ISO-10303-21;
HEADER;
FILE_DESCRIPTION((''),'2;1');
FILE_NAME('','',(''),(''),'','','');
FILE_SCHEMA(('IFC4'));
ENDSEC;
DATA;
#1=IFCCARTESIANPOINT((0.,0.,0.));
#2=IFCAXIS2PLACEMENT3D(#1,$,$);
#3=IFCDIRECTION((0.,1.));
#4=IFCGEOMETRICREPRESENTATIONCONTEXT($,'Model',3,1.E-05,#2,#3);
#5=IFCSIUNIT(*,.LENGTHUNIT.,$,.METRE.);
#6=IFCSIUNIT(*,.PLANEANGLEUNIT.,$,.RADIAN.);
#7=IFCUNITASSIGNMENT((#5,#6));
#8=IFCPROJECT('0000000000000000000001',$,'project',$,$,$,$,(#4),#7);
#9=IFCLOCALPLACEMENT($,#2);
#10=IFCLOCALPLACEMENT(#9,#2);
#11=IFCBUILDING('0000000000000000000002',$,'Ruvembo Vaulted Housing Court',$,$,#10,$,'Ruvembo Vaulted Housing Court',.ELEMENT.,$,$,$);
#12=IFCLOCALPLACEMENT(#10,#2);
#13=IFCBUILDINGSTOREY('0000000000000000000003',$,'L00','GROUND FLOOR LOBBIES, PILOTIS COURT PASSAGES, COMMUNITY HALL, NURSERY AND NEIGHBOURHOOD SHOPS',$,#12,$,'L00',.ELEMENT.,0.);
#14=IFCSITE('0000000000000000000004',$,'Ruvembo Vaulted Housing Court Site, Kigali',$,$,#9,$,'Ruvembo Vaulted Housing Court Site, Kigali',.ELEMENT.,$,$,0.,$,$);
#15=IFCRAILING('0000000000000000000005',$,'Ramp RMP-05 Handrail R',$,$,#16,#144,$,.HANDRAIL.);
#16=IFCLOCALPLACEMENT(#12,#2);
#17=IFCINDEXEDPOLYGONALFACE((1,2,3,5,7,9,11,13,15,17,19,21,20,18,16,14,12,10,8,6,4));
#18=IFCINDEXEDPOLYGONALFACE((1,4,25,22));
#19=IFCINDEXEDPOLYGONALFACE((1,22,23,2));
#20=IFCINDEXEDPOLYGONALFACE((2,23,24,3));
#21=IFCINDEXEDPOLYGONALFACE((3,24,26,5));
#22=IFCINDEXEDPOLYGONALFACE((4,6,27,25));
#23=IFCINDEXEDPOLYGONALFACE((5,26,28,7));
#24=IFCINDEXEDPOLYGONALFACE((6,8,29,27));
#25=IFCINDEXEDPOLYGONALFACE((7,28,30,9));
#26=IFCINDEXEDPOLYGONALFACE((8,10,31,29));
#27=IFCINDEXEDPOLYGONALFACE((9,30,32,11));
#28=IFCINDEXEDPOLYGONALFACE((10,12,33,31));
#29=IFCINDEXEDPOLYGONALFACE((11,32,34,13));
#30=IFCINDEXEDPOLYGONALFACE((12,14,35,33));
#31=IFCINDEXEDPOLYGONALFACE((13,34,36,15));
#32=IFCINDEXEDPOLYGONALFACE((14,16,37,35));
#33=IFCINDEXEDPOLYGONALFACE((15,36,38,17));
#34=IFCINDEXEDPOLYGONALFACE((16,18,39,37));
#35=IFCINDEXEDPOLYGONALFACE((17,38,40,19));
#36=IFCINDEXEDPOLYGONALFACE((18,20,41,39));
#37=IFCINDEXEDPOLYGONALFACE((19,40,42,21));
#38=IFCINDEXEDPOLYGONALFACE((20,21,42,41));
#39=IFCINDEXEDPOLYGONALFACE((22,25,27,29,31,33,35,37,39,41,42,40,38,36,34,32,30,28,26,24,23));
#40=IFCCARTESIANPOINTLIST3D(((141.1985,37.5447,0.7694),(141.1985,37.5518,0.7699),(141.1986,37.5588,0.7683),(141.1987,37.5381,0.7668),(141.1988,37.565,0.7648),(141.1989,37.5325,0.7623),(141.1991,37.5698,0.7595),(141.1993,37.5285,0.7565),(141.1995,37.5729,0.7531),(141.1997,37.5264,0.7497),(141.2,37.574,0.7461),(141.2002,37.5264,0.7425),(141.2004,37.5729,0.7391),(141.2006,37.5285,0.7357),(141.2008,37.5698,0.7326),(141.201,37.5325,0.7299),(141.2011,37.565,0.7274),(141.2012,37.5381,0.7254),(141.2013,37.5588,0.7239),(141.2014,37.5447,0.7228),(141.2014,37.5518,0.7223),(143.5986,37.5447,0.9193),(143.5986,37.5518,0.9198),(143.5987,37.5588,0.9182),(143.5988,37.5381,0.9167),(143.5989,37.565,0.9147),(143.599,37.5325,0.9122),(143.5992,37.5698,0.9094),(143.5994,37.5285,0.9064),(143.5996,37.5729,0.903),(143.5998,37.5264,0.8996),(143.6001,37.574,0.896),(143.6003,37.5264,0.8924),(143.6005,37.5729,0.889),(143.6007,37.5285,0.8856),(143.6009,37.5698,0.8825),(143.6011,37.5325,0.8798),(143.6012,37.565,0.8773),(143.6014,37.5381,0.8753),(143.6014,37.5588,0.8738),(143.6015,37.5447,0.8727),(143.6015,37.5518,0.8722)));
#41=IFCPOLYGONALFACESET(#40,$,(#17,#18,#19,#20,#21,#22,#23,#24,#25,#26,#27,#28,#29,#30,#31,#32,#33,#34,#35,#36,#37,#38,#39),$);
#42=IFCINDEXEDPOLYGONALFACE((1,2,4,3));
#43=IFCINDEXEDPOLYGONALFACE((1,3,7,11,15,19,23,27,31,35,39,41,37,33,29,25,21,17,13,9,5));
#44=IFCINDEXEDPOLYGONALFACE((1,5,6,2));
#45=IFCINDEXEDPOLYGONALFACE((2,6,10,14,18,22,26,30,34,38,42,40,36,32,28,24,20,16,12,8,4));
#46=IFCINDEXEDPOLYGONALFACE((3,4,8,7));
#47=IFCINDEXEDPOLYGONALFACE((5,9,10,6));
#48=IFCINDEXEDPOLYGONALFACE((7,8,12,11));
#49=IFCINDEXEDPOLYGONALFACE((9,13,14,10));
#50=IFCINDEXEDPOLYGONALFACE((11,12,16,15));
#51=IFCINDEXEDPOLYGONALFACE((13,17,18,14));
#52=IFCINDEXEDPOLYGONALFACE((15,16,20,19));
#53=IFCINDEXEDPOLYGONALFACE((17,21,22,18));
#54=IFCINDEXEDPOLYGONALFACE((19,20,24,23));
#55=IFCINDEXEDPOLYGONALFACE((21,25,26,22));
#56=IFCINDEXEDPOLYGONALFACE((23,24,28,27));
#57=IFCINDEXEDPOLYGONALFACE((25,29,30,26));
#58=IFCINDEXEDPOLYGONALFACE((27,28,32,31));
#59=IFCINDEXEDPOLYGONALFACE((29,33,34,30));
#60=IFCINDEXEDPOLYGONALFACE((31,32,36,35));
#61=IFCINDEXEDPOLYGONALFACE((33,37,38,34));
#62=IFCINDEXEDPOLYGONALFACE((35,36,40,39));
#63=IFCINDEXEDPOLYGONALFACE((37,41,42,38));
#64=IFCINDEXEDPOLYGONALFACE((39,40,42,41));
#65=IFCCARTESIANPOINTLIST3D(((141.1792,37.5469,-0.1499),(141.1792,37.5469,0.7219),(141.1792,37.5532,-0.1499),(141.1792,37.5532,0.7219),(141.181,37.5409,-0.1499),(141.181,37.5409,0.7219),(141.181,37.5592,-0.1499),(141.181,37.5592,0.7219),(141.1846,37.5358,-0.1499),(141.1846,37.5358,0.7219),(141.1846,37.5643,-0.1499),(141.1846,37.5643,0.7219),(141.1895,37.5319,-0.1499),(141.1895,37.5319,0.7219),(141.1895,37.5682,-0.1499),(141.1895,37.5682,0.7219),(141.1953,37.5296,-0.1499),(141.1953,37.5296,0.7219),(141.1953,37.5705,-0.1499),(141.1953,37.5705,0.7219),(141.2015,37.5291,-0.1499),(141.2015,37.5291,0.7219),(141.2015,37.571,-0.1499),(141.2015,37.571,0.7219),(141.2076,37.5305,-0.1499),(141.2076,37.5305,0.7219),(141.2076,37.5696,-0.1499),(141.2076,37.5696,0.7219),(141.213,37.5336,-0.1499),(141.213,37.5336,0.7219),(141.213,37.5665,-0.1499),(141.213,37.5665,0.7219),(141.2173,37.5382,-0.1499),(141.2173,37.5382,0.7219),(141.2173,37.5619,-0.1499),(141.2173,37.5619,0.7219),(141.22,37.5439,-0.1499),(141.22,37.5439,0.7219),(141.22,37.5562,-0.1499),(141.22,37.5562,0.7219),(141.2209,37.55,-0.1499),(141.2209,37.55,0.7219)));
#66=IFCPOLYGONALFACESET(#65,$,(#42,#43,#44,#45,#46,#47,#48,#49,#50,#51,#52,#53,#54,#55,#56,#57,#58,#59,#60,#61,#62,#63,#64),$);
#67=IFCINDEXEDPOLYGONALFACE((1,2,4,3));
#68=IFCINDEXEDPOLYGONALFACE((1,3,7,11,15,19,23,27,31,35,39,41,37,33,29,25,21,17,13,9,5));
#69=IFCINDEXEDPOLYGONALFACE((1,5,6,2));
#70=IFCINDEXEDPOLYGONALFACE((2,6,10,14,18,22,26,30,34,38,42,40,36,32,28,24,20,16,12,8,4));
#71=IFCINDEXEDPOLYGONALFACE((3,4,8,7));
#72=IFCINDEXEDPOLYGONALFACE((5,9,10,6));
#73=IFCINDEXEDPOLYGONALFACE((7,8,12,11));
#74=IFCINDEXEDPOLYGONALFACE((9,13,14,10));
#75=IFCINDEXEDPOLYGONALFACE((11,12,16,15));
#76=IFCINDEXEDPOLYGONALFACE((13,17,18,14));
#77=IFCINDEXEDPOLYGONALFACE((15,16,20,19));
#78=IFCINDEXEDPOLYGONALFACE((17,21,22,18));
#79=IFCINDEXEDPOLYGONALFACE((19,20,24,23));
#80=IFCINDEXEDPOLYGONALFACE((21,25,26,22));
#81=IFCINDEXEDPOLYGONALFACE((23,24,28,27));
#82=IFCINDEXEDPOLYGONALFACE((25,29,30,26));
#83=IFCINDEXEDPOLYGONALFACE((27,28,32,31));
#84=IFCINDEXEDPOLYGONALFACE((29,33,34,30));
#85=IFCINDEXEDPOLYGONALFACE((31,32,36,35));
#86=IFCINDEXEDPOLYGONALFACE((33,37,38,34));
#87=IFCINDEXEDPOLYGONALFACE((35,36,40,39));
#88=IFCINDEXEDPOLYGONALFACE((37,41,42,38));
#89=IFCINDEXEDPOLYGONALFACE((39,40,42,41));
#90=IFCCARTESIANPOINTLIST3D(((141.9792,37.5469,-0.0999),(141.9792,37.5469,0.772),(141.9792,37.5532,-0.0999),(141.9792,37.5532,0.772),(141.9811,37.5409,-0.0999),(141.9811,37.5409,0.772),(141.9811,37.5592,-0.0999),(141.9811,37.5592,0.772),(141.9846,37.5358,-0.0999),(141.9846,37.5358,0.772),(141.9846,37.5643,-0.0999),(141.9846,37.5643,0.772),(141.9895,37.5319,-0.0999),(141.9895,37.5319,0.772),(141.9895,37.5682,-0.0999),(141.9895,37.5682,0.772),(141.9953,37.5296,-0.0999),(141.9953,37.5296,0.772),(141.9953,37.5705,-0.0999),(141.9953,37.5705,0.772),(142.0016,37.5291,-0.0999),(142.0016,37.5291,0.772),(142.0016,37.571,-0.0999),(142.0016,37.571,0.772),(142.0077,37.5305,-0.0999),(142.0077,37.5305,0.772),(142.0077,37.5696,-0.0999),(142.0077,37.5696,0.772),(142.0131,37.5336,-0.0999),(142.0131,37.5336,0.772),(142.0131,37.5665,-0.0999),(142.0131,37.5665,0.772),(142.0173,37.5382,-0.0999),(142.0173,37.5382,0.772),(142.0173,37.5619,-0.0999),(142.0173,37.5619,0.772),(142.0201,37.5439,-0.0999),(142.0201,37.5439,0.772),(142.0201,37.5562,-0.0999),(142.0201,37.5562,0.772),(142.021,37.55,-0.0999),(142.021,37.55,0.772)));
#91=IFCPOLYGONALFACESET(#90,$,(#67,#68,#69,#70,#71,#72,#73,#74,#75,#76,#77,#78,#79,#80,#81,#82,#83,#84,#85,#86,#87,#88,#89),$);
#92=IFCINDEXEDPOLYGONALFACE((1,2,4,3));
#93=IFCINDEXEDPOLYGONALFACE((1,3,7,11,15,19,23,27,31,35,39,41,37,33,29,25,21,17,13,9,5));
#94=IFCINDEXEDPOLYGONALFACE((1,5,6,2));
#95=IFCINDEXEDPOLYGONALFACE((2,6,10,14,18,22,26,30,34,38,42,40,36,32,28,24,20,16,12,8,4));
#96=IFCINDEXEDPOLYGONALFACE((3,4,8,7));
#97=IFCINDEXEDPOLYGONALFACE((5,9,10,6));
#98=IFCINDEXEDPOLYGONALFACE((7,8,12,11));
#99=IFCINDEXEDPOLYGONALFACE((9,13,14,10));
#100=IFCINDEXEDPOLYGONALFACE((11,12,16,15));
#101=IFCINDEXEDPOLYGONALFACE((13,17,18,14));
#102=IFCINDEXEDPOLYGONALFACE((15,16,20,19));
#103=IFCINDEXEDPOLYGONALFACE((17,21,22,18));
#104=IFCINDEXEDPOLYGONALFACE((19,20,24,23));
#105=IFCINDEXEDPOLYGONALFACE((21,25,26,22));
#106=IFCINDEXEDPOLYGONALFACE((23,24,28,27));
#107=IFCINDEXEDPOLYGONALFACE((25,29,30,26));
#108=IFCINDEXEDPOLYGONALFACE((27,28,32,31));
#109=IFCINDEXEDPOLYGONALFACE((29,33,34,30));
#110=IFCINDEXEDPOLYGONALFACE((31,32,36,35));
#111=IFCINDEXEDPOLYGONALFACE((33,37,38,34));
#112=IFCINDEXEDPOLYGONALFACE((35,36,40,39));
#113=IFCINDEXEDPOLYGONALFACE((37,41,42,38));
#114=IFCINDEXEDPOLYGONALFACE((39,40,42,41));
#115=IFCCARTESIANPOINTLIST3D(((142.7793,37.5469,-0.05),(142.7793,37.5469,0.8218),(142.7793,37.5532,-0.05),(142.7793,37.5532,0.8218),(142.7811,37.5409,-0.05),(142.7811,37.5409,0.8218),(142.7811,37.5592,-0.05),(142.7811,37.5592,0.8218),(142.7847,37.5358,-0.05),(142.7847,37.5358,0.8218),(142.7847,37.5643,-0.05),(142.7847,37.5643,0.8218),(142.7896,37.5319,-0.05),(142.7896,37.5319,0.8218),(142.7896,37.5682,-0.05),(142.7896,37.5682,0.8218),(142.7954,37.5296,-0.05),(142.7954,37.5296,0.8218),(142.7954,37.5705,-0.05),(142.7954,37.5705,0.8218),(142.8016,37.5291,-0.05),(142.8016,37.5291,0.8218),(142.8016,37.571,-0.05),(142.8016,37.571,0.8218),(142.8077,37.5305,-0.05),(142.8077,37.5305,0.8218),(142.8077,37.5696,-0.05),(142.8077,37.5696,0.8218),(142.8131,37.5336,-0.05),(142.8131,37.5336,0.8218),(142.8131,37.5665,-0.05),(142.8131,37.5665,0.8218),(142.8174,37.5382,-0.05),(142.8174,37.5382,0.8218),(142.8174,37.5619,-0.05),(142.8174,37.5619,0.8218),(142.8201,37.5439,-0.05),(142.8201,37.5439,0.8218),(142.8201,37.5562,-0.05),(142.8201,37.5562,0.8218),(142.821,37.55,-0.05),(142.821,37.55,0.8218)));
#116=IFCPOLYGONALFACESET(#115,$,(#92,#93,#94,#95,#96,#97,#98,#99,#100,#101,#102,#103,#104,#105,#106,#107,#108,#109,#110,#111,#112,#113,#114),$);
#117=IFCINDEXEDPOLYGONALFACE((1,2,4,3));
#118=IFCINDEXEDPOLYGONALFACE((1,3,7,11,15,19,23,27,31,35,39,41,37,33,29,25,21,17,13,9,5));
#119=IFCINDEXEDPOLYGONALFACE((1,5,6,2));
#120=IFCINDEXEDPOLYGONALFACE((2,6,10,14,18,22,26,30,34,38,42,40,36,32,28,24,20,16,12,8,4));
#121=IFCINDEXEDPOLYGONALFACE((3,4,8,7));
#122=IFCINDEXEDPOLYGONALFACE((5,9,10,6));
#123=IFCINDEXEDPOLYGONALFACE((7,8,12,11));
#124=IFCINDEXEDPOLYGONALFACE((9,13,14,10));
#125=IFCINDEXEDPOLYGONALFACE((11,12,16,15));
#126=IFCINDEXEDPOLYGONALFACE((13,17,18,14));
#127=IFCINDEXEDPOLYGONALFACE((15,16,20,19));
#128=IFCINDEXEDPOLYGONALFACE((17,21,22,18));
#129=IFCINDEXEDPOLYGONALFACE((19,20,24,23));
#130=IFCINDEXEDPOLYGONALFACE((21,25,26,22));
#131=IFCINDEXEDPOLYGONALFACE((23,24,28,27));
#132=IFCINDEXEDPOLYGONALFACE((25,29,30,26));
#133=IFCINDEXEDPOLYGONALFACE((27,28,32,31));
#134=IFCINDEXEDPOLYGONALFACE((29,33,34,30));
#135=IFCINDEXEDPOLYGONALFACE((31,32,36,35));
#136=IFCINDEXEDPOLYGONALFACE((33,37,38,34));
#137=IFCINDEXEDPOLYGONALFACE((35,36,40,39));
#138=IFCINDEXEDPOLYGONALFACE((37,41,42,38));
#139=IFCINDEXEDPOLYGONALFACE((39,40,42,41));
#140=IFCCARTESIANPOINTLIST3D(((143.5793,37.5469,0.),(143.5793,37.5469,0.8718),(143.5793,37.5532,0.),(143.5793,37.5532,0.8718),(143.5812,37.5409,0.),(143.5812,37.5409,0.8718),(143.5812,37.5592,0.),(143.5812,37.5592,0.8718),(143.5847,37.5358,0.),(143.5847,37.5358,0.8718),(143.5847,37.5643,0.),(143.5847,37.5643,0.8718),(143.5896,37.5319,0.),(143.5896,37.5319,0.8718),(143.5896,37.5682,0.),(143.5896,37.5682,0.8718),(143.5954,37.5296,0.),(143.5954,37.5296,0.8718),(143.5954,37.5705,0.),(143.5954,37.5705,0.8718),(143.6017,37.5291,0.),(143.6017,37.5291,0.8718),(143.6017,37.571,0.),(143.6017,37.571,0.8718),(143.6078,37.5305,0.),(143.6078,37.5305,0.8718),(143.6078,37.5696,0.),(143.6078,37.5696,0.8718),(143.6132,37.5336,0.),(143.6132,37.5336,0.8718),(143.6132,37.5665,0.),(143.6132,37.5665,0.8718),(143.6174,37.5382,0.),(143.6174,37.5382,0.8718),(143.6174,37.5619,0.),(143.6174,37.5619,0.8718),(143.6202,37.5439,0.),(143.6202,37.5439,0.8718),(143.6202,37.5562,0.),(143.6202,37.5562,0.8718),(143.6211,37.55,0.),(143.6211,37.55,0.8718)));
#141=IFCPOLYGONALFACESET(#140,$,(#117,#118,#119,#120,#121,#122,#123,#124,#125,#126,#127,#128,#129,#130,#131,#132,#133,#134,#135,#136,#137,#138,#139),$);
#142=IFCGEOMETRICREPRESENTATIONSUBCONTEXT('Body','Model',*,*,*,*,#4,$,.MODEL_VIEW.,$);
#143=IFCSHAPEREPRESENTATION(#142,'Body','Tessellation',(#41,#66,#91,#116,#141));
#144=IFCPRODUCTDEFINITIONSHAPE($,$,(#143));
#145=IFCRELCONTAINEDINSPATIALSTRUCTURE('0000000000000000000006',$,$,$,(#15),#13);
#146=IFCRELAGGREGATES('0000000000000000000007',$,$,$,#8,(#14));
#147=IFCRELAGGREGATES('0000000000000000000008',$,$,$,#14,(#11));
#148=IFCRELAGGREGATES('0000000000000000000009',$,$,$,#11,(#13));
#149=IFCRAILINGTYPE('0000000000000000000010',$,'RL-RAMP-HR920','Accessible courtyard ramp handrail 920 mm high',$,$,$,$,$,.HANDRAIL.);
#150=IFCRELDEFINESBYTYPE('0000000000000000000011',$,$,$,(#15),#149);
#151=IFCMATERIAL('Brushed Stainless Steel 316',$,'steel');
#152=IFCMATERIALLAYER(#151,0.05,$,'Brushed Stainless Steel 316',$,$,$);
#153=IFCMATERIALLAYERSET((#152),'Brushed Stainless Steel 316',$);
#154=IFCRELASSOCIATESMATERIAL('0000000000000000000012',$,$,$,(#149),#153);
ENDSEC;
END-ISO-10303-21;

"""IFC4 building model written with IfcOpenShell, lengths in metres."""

from ifc_helpers import new_model, si_unit, direction, frame, origin, origin_2d, place, context, subcontext, project, spatial, circle, extrude, material, layer, layer_set, type_object, element, save


model = new_model("IFC4")

# Units and contexts
model_context = context("Model", 3, precision=1e-05, world=origin(), true_north=direction((0.0, 1.0)))
body_context = subcontext(model_context, "Body", "Model", "MODEL_VIEW")
ifc_project = project(units=[si_unit("LENGTHUNIT", "METRE"), si_unit("PLANEANGLEUNIT", "RADIAN")], contexts=[model_context])

# Site, building, storey
site_placement = place(None, origin())
site = spatial("IfcSite", under=ifc_project, at=site_placement, Name="Ruvembo Vaulted Housing Court Site, Kigali", LongName="Ruvembo Vaulted Housing Court Site, Kigali", CompositionType="ELEMENT", RefElevation=0.0)
building_placement = place(site_placement, origin())
building = spatial("IfcBuilding", under=site, at=building_placement, Name="Ruvembo Vaulted Housing Court", LongName="Ruvembo Vaulted Housing Court", CompositionType="ELEMENT")
storey_placement = place(building_placement, origin())
storey = spatial("IfcBuildingStorey", under=building, at=storey_placement, Name="L00", Description="GROUND FLOOR LOBBIES, PILOTIS COURT PASSAGES, COMMUNITY HALL, NURSERY AND NEIGHBOURHOOD SHOPS", LongName="L00", CompositionType="ELEMENT", Elevation=0.0)

# Railing
ifc_material_1 = material(Name="Brushed Stainless Steel 316", Category="steel")
ifc_layer_1 = layer(ifc_material_1, 0.05, Name="Brushed Stainless Steel 316")
ifc_layer_set_1 = layer_set([ifc_layer_1], Name="Brushed Stainless Steel 316")
railing_type = type_object("IfcRailingType", Name="RL-RAMP-HR920", Description="Accessible courtyard ramp handrail 920 mm high", PredefinedType="HANDRAIL", material=ifc_layer_set_1)
for number, where, name in (
    (1, (141.2, 37.55, -0.1499), "Ramp RMP-05 Handrail R"),
):
    element("IfcRailing", number, at=place(storey_placement, frame(where)), inside=storey, type_object=railing_type, Name=name, PredefinedType="HANDRAIL", context=body_context, shape_type="SweptSolid", body=[
        extrude(circle(Radius=0.0239, at=origin_2d()), frame((0.0, 0.0, 0.896), z_axis=(0.998055, 0.0, 0.062334), x_axis=(0.0, 1.0, 0.0)), (0.0, 0.0, 1.0), 2.4048),
        extrude(circle(Radius=0.021, at=origin_2d()), origin(), (0.0, 0.0, 1.0), 0.8718),
        extrude(circle(Radius=0.021, at=origin_2d()), frame((0.8, 0.0, 0.05)), (0.0, 0.0, 1.0), 0.8718),
        extrude(circle(Radius=0.021, at=origin_2d()), frame((1.6001, 0.0, 0.0999)), (0.0, 0.0, 1.0), 0.8718),
        extrude(circle(Radius=0.021, at=origin_2d()), frame((2.4001, 0.0, 0.1499)), (0.0, 0.0, 1.0), 0.8718),
    ])

save(model, "model.ifc")
